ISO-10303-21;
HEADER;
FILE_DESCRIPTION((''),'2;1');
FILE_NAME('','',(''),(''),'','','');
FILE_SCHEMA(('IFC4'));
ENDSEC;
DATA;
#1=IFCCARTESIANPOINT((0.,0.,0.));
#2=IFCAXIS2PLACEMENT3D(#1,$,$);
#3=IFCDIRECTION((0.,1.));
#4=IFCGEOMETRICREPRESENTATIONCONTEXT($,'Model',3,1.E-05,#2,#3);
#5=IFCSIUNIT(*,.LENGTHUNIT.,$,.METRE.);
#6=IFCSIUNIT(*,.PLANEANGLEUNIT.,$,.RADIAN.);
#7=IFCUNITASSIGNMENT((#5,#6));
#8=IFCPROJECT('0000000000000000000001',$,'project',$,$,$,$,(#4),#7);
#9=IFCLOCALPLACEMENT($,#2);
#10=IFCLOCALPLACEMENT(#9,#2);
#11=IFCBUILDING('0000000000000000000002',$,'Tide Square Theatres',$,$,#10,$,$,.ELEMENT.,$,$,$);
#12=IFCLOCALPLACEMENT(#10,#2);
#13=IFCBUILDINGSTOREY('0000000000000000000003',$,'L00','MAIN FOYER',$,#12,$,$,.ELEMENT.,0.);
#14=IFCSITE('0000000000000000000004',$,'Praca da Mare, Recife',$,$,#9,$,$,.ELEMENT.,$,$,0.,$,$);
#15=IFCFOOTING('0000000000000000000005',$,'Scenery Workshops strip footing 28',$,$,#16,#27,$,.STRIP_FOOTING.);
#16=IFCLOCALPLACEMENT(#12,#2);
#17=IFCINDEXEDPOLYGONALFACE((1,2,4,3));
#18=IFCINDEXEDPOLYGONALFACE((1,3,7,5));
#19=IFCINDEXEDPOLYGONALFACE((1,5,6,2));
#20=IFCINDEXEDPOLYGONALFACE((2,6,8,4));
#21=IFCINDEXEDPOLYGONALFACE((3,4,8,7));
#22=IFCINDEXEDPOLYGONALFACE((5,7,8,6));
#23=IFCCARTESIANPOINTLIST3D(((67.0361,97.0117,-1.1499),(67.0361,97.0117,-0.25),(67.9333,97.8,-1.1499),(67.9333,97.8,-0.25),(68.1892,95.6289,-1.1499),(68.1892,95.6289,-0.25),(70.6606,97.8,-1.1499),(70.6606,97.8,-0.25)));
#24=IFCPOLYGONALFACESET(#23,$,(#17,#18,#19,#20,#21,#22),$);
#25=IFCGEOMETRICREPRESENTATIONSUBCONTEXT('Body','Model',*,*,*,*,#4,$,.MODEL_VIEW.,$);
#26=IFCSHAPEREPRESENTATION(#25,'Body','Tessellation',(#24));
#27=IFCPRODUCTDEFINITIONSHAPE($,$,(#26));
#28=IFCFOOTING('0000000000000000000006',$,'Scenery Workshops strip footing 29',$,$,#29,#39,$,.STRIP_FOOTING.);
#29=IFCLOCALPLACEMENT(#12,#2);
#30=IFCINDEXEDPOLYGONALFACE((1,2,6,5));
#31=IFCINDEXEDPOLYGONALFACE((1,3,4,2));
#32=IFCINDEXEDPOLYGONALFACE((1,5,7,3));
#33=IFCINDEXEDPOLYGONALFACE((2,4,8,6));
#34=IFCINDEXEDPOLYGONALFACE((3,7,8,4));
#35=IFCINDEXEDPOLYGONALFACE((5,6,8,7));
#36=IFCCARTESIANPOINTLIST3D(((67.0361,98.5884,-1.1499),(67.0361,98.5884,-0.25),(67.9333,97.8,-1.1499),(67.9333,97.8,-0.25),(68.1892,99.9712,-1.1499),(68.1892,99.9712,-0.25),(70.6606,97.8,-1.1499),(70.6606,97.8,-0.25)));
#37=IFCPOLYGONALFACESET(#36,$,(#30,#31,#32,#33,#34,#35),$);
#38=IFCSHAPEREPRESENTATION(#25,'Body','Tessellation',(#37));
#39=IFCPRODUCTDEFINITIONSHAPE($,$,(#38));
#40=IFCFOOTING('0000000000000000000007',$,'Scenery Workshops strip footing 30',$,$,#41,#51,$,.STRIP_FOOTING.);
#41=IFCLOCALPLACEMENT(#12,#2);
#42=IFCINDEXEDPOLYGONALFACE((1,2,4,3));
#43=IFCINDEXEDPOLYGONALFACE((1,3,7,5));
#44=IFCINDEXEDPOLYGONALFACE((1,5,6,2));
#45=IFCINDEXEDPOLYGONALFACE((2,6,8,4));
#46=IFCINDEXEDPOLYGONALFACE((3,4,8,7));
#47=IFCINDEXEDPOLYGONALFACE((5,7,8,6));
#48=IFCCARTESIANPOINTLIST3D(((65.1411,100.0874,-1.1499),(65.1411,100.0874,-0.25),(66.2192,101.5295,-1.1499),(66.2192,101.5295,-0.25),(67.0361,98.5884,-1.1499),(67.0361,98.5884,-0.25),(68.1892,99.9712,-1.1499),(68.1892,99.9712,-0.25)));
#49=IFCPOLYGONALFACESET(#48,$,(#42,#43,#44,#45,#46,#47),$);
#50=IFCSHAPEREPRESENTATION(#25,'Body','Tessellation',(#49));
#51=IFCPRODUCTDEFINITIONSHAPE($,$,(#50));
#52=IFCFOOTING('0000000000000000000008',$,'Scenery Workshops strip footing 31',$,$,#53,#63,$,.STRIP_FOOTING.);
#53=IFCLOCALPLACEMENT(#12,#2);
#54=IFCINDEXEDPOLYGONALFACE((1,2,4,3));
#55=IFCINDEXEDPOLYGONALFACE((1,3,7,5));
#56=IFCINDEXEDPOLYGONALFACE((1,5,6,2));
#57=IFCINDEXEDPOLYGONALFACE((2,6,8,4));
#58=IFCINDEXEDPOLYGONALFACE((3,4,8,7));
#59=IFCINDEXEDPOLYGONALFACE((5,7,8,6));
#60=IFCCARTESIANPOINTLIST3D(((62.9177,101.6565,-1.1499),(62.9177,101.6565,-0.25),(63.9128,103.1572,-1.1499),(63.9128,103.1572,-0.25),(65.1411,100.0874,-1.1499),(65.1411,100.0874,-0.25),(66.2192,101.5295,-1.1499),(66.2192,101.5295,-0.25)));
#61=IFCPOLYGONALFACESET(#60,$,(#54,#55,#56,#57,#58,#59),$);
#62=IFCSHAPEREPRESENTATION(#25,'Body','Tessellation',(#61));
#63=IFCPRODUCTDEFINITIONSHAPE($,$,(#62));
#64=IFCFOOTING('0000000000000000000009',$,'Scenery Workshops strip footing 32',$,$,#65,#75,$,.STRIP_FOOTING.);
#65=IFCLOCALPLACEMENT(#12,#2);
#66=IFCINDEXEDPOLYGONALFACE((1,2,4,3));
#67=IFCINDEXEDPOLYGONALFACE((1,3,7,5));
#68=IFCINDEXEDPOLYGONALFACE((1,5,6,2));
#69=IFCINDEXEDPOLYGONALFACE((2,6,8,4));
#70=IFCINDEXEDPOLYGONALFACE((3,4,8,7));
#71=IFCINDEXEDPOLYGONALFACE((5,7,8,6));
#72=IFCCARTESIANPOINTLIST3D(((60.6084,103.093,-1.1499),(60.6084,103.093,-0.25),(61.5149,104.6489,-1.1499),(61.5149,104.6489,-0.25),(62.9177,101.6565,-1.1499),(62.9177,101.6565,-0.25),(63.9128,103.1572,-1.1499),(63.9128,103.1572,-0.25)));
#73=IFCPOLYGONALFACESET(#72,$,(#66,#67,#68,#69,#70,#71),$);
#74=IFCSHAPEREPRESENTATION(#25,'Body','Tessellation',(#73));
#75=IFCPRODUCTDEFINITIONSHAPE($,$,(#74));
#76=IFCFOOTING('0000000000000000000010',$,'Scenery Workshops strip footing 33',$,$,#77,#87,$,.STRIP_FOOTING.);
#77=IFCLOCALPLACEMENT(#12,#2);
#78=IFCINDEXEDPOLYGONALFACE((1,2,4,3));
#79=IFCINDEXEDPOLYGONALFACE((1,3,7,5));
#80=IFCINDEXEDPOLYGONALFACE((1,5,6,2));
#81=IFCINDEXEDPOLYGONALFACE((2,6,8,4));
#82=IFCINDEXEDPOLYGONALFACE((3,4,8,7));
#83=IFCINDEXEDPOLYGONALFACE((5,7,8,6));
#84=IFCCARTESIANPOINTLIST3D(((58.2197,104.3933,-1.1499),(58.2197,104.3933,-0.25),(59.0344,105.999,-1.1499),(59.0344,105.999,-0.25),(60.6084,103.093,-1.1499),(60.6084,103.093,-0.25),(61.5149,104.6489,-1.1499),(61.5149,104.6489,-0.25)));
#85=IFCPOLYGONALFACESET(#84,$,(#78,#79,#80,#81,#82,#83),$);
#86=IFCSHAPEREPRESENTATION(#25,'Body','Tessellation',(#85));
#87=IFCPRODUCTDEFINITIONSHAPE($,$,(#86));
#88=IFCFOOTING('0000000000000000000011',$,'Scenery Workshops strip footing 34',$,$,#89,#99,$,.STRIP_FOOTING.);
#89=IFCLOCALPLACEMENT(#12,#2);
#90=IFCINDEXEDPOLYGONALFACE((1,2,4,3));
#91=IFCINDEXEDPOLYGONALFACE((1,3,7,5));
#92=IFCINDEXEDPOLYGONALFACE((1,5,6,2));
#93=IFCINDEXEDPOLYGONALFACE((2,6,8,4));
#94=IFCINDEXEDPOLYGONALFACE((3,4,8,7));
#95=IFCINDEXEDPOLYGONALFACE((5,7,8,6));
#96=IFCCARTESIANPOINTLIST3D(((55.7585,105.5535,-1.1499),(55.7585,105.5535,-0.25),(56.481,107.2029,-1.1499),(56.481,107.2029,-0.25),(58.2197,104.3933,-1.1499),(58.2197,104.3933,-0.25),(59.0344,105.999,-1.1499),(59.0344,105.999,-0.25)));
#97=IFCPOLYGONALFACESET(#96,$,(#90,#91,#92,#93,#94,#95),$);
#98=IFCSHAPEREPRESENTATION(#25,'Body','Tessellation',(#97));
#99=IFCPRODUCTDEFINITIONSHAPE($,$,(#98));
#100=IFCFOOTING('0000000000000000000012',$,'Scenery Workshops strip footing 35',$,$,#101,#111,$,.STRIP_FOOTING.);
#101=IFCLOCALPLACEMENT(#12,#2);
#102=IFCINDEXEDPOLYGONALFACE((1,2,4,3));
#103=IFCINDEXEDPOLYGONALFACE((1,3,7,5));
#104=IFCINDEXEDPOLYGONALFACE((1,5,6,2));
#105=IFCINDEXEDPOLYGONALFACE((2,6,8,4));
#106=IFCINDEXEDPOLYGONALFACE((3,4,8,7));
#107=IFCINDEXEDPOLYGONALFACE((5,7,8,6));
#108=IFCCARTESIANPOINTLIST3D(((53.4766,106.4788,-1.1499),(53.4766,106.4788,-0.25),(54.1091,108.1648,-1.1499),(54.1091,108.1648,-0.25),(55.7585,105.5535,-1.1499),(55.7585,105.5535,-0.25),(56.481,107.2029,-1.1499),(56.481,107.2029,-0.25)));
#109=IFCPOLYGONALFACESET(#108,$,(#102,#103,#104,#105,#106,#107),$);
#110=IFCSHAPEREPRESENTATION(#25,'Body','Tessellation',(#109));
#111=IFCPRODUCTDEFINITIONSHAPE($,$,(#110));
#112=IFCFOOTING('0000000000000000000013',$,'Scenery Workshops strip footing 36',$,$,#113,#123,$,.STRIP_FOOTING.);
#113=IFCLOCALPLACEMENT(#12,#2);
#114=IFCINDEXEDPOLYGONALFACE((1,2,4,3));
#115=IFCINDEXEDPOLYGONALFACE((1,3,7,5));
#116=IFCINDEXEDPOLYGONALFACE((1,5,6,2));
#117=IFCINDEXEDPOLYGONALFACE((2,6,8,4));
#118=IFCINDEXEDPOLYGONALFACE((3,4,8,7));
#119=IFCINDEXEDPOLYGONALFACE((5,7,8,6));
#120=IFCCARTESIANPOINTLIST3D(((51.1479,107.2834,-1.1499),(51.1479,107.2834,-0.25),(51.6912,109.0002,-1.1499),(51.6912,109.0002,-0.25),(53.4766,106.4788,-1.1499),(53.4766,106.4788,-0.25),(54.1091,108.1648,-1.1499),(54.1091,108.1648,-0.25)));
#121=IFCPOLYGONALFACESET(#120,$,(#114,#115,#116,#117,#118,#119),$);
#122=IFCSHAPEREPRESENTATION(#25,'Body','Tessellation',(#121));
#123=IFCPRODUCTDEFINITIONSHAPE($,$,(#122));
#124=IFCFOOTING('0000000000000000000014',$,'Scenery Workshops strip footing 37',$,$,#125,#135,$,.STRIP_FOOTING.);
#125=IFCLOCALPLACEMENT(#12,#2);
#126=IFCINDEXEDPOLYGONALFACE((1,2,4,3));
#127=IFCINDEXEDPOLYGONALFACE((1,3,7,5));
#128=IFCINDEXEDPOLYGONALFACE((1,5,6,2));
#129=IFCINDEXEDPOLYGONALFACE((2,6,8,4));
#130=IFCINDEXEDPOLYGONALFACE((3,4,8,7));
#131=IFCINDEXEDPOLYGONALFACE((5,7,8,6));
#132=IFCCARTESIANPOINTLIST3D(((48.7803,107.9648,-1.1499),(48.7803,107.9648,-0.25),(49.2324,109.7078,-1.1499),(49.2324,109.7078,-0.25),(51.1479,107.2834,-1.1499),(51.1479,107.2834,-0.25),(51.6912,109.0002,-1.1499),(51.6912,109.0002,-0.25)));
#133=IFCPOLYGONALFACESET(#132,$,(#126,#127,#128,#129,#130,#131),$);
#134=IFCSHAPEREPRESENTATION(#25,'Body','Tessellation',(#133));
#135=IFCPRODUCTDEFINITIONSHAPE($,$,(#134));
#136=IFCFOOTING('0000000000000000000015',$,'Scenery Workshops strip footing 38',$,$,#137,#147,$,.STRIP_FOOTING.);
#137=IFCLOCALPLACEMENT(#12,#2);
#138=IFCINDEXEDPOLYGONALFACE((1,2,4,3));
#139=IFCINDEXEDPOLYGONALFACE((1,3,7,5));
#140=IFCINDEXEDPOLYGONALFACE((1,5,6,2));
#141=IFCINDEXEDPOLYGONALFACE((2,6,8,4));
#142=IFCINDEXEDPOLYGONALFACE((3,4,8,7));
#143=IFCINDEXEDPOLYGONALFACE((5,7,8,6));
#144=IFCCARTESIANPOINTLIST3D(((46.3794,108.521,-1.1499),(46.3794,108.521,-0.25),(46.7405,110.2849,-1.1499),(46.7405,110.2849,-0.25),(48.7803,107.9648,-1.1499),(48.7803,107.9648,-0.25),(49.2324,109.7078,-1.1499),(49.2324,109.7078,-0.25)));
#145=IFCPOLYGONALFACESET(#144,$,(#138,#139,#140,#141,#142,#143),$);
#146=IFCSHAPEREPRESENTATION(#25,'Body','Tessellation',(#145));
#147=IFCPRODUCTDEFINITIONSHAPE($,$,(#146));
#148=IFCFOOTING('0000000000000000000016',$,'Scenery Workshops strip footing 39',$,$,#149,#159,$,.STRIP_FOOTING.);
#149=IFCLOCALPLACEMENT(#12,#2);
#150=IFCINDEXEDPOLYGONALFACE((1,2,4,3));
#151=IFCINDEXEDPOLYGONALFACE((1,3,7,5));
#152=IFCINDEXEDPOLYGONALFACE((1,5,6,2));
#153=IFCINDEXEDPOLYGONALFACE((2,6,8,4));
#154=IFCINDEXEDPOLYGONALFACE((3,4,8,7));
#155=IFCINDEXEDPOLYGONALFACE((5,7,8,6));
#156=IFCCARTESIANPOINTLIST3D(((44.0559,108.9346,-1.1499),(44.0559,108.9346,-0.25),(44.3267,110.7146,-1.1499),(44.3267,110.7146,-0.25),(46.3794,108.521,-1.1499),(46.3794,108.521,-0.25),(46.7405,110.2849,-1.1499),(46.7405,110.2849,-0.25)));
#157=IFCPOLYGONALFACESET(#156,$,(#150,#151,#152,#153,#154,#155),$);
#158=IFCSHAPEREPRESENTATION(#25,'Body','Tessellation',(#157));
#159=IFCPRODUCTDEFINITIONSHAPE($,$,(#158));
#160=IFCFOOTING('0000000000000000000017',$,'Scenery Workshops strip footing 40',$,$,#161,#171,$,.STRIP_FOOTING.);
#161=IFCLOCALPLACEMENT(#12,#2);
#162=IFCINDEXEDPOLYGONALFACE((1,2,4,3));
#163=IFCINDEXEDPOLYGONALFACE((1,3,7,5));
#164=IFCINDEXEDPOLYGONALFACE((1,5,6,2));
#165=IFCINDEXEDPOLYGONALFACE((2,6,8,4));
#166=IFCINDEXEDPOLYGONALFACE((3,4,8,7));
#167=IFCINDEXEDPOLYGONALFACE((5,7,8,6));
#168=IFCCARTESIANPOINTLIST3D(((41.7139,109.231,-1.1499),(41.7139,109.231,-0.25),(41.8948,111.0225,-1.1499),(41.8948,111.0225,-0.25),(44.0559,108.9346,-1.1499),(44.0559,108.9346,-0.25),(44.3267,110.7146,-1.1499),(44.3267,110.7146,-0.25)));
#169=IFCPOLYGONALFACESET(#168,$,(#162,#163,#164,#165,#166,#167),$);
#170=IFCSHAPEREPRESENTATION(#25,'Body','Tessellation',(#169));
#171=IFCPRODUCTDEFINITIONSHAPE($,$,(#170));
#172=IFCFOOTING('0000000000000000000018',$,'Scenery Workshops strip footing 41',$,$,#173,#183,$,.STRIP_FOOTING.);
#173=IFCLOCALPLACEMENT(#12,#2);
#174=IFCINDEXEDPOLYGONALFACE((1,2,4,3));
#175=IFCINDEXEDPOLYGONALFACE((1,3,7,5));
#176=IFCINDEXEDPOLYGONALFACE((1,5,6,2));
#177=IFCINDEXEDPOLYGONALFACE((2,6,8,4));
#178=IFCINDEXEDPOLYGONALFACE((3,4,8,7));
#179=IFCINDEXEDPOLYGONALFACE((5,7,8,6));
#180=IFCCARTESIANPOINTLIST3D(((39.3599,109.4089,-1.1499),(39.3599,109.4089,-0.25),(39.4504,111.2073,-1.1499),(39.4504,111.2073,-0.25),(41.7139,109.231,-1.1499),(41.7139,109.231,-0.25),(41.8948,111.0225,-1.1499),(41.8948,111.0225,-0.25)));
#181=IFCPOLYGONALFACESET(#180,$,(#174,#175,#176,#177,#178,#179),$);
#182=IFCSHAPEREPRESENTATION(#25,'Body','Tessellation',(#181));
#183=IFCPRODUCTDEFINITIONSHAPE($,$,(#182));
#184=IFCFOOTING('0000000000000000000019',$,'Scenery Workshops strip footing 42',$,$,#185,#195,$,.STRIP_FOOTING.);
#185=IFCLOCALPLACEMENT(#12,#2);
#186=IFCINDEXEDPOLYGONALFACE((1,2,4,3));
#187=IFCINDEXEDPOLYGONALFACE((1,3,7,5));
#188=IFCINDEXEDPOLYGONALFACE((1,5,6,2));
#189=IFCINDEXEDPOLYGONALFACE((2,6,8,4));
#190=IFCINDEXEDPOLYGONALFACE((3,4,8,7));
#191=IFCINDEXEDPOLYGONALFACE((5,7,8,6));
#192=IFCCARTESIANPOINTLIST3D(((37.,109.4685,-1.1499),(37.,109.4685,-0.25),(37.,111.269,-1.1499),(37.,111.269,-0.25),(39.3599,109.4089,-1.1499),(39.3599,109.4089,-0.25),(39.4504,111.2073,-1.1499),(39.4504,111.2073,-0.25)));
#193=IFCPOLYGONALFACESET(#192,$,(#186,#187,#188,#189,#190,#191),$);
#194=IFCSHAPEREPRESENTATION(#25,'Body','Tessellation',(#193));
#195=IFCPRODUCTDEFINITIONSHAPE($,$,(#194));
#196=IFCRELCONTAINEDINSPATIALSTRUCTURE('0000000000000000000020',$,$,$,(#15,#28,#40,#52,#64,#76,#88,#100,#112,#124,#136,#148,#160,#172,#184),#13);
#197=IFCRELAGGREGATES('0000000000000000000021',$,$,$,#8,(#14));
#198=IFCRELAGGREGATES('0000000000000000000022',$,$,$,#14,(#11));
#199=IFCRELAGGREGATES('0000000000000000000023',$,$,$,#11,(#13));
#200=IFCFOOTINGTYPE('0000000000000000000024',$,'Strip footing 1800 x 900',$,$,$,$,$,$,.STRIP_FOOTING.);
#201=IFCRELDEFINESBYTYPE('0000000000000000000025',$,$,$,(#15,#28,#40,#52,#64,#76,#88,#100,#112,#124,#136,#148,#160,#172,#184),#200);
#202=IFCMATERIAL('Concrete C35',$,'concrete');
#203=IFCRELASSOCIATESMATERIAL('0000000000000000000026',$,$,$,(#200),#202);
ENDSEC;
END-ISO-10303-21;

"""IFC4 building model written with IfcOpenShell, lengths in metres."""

from ifc_helpers import new_model, si_unit, direction, frame, origin, place, context, subcontext, project, spatial, polyline, outline, extrude, material, type_object, element, save


model = new_model("IFC4")

# Units and contexts
model_context = context("Model", 3, precision=1e-05, world=origin(), true_north=direction((0.0, 1.0)))
body_context = subcontext(model_context, "Body", "Model", "MODEL_VIEW")
ifc_project = project(units=[si_unit("LENGTHUNIT", "METRE"), si_unit("PLANEANGLEUNIT", "RADIAN")], contexts=[model_context])

# Site, building, storey
site_placement = place(None, origin())
site = spatial("IfcSite", under=ifc_project, at=site_placement, Name="Praca da Mare, Recife", CompositionType="ELEMENT", RefElevation=0.0)
building_placement = place(site_placement, origin())
building = spatial("IfcBuilding", under=site, at=building_placement, Name="Tide Square Theatres", CompositionType="ELEMENT")
storey_placement = place(building_placement, origin())
storey = spatial("IfcBuildingStorey", under=building, at=storey_placement, Name="L00", Description="MAIN FOYER", CompositionType="ELEMENT", Elevation=0.0)

# Footings
ifc_material = material(Name="Concrete C35", Category="concrete")
footing_type = type_object("IfcFootingType", Name="Strip footing 1800 x 900", PredefinedType="STRIP_FOOTING", material=ifc_material)
footing_1_placement = place(storey_placement, frame((0.0, 0.0, -1.1499)))
element("IfcFooting", 1, at=footing_1_placement, inside=storey, type_object=footing_type, Name="Scenery Workshops strip footing 28", PredefinedType="STRIP_FOOTING", context=body_context, shape_type="SweptSolid", body=[
    extrude(outline(polyline([(68.1892, 95.6289), (70.6606, 97.8), (67.9333, 97.8), (67.0361, 97.0117), (68.1892, 95.6289)])), origin(), (0.0, 0.0, 1.0), 0.8999),
])
footing_2_placement = place(storey_placement, frame((0.0, 0.0, -1.1499)))
element("IfcFooting", 2, at=footing_2_placement, inside=storey, type_object=footing_type, Name="Scenery Workshops strip footing 29", PredefinedType="STRIP_FOOTING", context=body_context, shape_type="SweptSolid", body=[
    extrude(outline(polyline([(70.6606, 97.8), (68.1892, 99.9712), (67.0361, 98.5884), (67.9333, 97.8), (70.6606, 97.8)])), origin(), (0.0, 0.0, 1.0), 0.8999),
])
footing_3_placement = place(storey_placement, frame((0.0, 0.0, -1.1499)))
element("IfcFooting", 3, at=footing_3_placement, inside=storey, type_object=footing_type, Name="Scenery Workshops strip footing 30", PredefinedType="STRIP_FOOTING", context=body_context, shape_type="SweptSolid", body=[
    extrude(outline(polyline([(68.1892, 99.9712), (66.2192, 101.5295), (65.1411, 100.0874), (67.0361, 98.5884), (68.1892, 99.9712)])), origin(), (0.0, 0.0, 1.0), 0.8999),
])
footing_4_placement = place(storey_placement, frame((0.0, 0.0, -1.1499)))
element("IfcFooting", 4, at=footing_4_placement, inside=storey, type_object=footing_type, Name="Scenery Workshops strip footing 31", PredefinedType="STRIP_FOOTING", context=body_context, shape_type="SweptSolid", body=[
    extrude(outline(polyline([(66.2192, 101.5295), (63.9128, 103.1572), (62.9177, 101.6565), (65.1411, 100.0874), (66.2192, 101.5295)])), origin(), (0.0, 0.0, 1.0), 0.8999),
])
footing_5_placement = place(storey_placement, frame((0.0, 0.0, -1.1499)))
element("IfcFooting", 5, at=footing_5_placement, inside=storey, type_object=footing_type, Name="Scenery Workshops strip footing 32", PredefinedType="STRIP_FOOTING", context=body_context, shape_type="SweptSolid", body=[
    extrude(outline(polyline([(63.9128, 103.1572), (61.5149, 104.6489), (60.6084, 103.093), (62.9177, 101.6565), (63.9128, 103.1572)])), origin(), (0.0, 0.0, 1.0), 0.8999),
])
footing_6_placement = place(storey_placement, frame((0.0, 0.0, -1.1499)))
element("IfcFooting", 6, at=footing_6_placement, inside=storey, type_object=footing_type, Name="Scenery Workshops strip footing 33", PredefinedType="STRIP_FOOTING", context=body_context, shape_type="SweptSolid", body=[
    extrude(outline(polyline([(61.5149, 104.6489), (59.0344, 105.999), (58.2197, 104.3933), (60.6084, 103.093), (61.5149, 104.6489)])), origin(), (0.0, 0.0, 1.0), 0.8999),
])
footing_7_placement = place(storey_placement, frame((0.0, 0.0, -1.1499)))
element("IfcFooting", 7, at=footing_7_placement, inside=storey, type_object=footing_type, Name="Scenery Workshops strip footing 34", PredefinedType="STRIP_FOOTING", context=body_context, shape_type="SweptSolid", body=[
    extrude(outline(polyline([(59.0344, 105.999), (56.481, 107.2029), (55.7585, 105.5535), (58.2197, 104.3933), (59.0344, 105.999)])), origin(), (0.0, 0.0, 1.0), 0.8999),
])
footing_8_placement = place(storey_placement, frame((0.0, 0.0, -1.1499)))
element("IfcFooting", 8, at=footing_8_placement, inside=storey, type_object=footing_type, Name="Scenery Workshops strip footing 35", PredefinedType="STRIP_FOOTING", context=body_context, shape_type="SweptSolid", body=[
    extrude(outline(polyline([(56.481, 107.2029), (54.1091, 108.1648), (53.4766, 106.4788), (55.7585, 105.5535), (56.481, 107.2029)])), origin(), (0.0, 0.0, 1.0), 0.8999),
])
footing_9_placement = place(storey_placement, frame((0.0, 0.0, -1.1499)))
element("IfcFooting", 9, at=footing_9_placement, inside=storey, type_object=footing_type, Name="Scenery Workshops strip footing 36", PredefinedType="STRIP_FOOTING", context=body_context, shape_type="SweptSolid", body=[
    extrude(outline(polyline([(54.1091, 108.1648), (51.6912, 109.0002), (51.1479, 107.2834), (53.4766, 106.4788), (54.1091, 108.1648)])), origin(), (0.0, 0.0, 1.0), 0.8999),
])
footing_10_placement = place(storey_placement, frame((0.0, 0.0, -1.1499)))
element("IfcFooting", 10, at=footing_10_placement, inside=storey, type_object=footing_type, Name="Scenery Workshops strip footing 37", PredefinedType="STRIP_FOOTING", context=body_context, shape_type="SweptSolid", body=[
    extrude(outline(polyline([(51.6912, 109.0002), (49.2324, 109.7078), (48.7803, 107.9648), (51.1479, 107.2834), (51.6912, 109.0002)])), origin(), (0.0, 0.0, 1.0), 0.8999),
])
footing_11_placement = place(storey_placement, frame((0.0, 0.0, -1.1499)))
element("IfcFooting", 11, at=footing_11_placement, inside=storey, type_object=footing_type, Name="Scenery Workshops strip footing 38", PredefinedType="STRIP_FOOTING", context=body_context, shape_type="SweptSolid", body=[
    extrude(outline(polyline([(49.2324, 109.7078), (46.7405, 110.2849), (46.3794, 108.521), (48.7803, 107.9648), (49.2324, 109.7078)])), origin(), (0.0, 0.0, 1.0), 0.8999),
])
footing_12_placement = place(storey_placement, frame((0.0, 0.0, -1.1499)))
element("IfcFooting", 12, at=footing_12_placement, inside=storey, type_object=footing_type, Name="Scenery Workshops strip footing 39", PredefinedType="STRIP_FOOTING", context=body_context, shape_type="SweptSolid", body=[
    extrude(outline(polyline([(46.7405, 110.2849), (44.3267, 110.7146), (44.0559, 108.9346), (46.3794, 108.521), (46.7405, 110.2849)])), origin(), (0.0, 0.0, 1.0), 0.8999),
])
footing_13_placement = place(storey_placement, frame((0.0, 0.0, -1.1499)))
element("IfcFooting", 13, at=footing_13_placement, inside=storey, type_object=footing_type, Name="Scenery Workshops strip footing 40", PredefinedType="STRIP_FOOTING", context=body_context, shape_type="SweptSolid", body=[
    extrude(outline(polyline([(44.3267, 110.7146), (41.8948, 111.0225), (41.7139, 109.231), (44.0559, 108.9346), (44.3267, 110.7146)])), origin(), (0.0, 0.0, 1.0), 0.8999),
])
footing_14_placement = place(storey_placement, frame((0.0, 0.0, -1.1499)))
element("IfcFooting", 14, at=footing_14_placement, inside=storey, type_object=footing_type, Name="Scenery Workshops strip footing 41", PredefinedType="STRIP_FOOTING", context=body_context, shape_type="SweptSolid", body=[
    extrude(outline(polyline([(41.8948, 111.0225), (39.4504, 111.2073), (39.3599, 109.4089), (41.7139, 109.231), (41.8948, 111.0225)])), origin(), (0.0, 0.0, 1.0), 0.8999),
])
footing_15_placement = place(storey_placement, frame((0.0, 0.0, -1.1499)))
element("IfcFooting", 15, at=footing_15_placement, inside=storey, type_object=footing_type, Name="Scenery Workshops strip footing 42", PredefinedType="STRIP_FOOTING", context=body_context, shape_type="SweptSolid", body=[
    extrude(outline(polyline([(39.4504, 111.2073), (37.0, 111.269), (37.0, 109.4685), (39.3599, 109.4089), (39.4504, 111.2073)])), origin(), (0.0, 0.0, 1.0), 0.8999),
])

save(model, "model.ifc")
